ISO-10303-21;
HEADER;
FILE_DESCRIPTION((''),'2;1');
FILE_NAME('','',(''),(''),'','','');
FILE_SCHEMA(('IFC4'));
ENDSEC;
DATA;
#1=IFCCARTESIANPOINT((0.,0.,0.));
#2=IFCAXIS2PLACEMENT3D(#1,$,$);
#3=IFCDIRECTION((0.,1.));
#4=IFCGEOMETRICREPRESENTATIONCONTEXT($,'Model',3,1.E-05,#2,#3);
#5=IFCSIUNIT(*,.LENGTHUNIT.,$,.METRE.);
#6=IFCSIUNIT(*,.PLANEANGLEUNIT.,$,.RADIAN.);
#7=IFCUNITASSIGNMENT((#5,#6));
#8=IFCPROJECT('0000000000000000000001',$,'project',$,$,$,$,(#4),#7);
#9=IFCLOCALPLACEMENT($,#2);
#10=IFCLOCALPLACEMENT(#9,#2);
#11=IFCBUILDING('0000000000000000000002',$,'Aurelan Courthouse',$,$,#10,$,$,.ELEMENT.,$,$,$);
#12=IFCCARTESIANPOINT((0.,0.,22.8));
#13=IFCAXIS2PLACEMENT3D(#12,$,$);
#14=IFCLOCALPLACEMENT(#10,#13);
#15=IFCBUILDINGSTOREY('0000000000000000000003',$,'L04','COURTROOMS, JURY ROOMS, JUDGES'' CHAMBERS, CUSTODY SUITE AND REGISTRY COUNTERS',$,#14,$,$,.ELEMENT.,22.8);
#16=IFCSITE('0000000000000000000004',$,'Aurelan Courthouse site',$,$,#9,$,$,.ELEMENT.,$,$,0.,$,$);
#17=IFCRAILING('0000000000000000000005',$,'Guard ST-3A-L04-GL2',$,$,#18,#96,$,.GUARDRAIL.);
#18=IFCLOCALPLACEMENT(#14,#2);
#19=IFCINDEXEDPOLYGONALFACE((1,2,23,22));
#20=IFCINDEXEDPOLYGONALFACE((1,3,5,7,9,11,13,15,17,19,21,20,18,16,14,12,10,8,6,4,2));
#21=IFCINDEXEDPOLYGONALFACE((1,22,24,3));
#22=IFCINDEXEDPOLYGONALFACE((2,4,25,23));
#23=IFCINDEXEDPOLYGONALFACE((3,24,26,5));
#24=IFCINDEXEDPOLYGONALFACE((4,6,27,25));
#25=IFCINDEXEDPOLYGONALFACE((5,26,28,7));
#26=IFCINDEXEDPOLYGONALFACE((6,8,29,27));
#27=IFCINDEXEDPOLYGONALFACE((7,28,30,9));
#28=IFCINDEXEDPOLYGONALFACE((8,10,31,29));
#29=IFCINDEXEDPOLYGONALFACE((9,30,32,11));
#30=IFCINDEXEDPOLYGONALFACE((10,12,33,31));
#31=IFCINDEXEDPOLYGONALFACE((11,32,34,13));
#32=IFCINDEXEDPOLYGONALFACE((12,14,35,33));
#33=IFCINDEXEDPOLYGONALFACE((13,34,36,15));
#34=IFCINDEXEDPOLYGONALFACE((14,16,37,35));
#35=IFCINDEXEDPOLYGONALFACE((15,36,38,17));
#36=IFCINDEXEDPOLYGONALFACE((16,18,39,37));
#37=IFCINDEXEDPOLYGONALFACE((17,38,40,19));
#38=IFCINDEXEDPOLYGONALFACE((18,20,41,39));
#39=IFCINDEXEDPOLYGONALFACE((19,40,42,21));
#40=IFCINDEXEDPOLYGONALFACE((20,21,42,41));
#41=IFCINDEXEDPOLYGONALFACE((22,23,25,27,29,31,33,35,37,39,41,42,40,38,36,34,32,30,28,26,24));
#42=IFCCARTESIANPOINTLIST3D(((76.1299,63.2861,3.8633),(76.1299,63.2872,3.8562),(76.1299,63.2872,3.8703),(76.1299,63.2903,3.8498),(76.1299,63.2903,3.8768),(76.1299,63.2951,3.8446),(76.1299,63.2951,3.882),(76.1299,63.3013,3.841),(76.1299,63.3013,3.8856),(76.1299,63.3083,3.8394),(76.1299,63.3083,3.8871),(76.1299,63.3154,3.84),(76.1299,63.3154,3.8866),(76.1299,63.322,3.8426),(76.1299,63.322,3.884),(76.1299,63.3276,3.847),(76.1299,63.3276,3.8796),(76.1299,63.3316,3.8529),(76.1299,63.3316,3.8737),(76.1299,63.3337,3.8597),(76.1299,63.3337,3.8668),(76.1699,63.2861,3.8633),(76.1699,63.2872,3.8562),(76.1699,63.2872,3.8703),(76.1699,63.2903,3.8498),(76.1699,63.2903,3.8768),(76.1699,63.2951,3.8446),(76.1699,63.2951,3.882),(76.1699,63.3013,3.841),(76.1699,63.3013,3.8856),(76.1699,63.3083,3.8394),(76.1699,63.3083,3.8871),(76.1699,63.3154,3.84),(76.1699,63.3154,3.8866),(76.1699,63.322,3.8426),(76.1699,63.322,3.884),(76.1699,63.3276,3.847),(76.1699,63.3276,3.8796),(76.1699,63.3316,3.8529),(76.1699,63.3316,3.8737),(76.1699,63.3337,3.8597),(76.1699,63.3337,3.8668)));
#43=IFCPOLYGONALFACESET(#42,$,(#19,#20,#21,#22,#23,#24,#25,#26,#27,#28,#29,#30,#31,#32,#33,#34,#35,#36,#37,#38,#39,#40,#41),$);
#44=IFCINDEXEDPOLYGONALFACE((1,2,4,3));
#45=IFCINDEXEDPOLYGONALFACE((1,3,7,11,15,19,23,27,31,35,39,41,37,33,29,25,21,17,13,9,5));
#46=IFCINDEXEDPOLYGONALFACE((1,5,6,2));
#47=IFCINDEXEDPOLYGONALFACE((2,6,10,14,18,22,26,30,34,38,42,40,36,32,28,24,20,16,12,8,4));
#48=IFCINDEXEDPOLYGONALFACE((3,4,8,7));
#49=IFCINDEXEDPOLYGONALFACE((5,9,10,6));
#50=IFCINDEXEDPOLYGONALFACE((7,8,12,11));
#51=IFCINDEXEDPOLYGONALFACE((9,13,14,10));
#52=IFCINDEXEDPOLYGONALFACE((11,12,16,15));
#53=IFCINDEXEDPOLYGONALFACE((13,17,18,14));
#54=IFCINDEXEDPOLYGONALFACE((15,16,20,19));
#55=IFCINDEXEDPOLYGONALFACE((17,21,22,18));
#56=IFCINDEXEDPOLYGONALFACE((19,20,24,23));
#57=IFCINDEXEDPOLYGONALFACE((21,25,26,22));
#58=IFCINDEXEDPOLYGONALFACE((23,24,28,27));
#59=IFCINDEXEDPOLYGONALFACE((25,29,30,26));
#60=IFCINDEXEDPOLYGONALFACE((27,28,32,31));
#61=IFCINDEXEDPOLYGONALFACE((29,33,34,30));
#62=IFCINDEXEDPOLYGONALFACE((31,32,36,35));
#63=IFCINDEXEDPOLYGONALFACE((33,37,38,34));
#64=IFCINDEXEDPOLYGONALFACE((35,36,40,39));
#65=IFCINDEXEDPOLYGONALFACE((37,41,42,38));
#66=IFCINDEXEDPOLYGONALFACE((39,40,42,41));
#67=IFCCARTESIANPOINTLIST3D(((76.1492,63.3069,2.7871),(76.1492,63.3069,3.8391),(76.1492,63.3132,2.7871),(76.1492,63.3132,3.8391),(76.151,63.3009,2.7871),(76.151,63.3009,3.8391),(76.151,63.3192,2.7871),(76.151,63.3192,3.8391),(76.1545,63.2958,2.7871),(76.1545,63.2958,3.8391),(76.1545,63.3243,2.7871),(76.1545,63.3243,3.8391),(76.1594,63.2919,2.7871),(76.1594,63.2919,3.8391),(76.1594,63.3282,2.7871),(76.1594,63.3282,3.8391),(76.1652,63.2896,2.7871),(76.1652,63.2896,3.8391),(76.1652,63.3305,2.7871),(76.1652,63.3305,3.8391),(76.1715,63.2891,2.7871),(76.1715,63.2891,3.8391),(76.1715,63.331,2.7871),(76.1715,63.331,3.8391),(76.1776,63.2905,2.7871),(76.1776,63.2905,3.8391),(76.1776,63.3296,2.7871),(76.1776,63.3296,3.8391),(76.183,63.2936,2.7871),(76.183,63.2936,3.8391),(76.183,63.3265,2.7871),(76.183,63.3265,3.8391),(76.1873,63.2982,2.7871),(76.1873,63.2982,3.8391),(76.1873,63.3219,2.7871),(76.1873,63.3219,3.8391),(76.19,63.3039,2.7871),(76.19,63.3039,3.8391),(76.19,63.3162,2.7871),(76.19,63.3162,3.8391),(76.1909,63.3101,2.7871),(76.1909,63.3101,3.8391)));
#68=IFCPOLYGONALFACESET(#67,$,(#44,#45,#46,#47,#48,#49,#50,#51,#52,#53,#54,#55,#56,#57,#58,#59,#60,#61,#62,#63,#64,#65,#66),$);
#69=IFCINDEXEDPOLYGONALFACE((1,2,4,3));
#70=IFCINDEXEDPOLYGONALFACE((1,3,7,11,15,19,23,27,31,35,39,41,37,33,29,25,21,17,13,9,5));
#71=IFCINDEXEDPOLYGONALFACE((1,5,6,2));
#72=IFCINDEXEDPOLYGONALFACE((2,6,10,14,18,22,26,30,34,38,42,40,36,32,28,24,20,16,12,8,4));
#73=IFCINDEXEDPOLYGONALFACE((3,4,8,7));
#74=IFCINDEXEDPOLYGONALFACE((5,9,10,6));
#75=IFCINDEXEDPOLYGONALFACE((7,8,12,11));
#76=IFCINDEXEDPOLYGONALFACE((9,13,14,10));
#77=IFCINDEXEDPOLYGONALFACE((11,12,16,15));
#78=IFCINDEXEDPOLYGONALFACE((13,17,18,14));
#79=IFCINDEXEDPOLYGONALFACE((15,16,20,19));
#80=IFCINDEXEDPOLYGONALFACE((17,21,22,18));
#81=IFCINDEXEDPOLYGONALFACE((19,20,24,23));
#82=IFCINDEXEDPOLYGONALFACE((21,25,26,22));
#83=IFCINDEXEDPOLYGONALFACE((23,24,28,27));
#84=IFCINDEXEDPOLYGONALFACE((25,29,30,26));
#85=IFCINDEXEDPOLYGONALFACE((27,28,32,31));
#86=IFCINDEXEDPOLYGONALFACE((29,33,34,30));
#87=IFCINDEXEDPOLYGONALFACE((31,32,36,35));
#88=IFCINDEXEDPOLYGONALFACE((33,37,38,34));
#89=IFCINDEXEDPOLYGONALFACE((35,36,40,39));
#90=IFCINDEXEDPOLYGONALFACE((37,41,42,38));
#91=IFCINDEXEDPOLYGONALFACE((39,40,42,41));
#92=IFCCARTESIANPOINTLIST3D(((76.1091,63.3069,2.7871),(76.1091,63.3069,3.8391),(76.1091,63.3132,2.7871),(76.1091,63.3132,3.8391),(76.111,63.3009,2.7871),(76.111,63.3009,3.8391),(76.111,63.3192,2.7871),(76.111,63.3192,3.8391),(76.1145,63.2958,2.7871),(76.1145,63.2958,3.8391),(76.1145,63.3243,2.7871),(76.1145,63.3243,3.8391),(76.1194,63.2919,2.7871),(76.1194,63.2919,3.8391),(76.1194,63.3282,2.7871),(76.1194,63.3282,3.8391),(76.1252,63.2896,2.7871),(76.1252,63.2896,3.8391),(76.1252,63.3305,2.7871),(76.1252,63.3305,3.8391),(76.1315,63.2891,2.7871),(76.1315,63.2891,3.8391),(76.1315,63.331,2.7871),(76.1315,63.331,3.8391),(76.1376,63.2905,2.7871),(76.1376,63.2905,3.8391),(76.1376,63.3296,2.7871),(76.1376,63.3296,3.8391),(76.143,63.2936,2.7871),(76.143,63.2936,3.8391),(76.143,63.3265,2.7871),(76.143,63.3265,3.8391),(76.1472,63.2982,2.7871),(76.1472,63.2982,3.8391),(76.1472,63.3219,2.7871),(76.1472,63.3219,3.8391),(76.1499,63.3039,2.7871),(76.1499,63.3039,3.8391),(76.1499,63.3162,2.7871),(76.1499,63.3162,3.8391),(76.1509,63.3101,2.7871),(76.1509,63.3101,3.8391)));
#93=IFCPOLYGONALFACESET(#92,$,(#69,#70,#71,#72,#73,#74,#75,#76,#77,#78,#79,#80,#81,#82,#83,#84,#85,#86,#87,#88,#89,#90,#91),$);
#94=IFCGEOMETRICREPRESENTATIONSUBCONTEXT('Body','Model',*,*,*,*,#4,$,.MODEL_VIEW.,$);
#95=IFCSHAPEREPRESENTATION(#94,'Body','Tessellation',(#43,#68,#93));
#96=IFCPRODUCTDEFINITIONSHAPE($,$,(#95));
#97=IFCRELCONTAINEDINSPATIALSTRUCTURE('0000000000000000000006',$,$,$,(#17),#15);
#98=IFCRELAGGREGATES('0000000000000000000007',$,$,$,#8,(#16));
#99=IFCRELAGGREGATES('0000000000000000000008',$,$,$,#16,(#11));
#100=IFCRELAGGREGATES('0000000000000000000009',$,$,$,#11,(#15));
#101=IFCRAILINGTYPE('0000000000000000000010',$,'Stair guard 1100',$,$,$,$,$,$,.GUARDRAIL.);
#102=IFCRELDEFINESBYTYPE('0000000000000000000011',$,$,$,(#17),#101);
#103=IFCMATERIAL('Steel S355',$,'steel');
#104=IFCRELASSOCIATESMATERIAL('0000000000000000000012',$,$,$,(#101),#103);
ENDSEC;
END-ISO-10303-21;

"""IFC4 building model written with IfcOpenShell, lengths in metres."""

from ifc_helpers import new_model, si_unit, direction, frame, origin, origin_2d, place, context, subcontext, project, spatial, circle, extrude, material, type_object, element, save


model = new_model("IFC4")

# Units and contexts
model_context = context("Model", 3, precision=1e-05, world=origin(), true_north=direction((0.0, 1.0)))
body_context = subcontext(model_context, "Body", "Model", "MODEL_VIEW")
ifc_project = project(units=[si_unit("LENGTHUNIT", "METRE"), si_unit("PLANEANGLEUNIT", "RADIAN")], contexts=[model_context])

# Site, building, storey
site_placement = place(None, origin())
site = spatial("IfcSite", under=ifc_project, at=site_placement, Name="Aurelan Courthouse site", CompositionType="ELEMENT", RefElevation=0.0)
building_placement = place(site_placement, origin())
building = spatial("IfcBuilding", under=site, at=building_placement, Name="Aurelan Courthouse", CompositionType="ELEMENT")
storey_placement = place(building_placement, frame((0.0, 0.0, 22.8)))
storey = spatial("IfcBuildingStorey", under=building, at=storey_placement, Name="L04", Description="COURTROOMS, JURY ROOMS, JUDGES' CHAMBERS, CUSTODY SUITE AND REGISTRY COUNTERS", CompositionType="ELEMENT", Elevation=22.8)

# Railing
ifc_material_1 = material(Name="Steel S355", Category="steel")
railing_type_1 = type_object("IfcRailingType", Name="Stair guard 1100", PredefinedType="GUARDRAIL", material=ifc_material_1)
railing_1_placement = place(storey_placement, frame((76.1699, 63.3101, 2.7871)))
element("IfcRailing", 1, at=railing_1_placement, inside=storey, type_object=railing_type_1, Name="Guard ST-3A-L04-GL2", PredefinedType="GUARDRAIL", context=body_context, shape_type="SweptSolid", body=[
    extrude(circle(Radius=0.0239, at=origin_2d()), frame((0.0, 0.0, 1.0762), z_axis=(-1.0, 0.0, 0.0), x_axis=(0.0, -1.0, 0.0)), (0.0, 0.0, 1.0), 0.04),
    extrude(circle(Radius=0.021, at=origin_2d()), origin(), (0.0, 0.0, 1.0), 1.052),
    extrude(circle(Radius=0.021, at=origin_2d()), frame((-0.04, 0.0, 0.0)), (0.0, 0.0, 1.0), 1.052),
])

save(model, "model.ifc")
